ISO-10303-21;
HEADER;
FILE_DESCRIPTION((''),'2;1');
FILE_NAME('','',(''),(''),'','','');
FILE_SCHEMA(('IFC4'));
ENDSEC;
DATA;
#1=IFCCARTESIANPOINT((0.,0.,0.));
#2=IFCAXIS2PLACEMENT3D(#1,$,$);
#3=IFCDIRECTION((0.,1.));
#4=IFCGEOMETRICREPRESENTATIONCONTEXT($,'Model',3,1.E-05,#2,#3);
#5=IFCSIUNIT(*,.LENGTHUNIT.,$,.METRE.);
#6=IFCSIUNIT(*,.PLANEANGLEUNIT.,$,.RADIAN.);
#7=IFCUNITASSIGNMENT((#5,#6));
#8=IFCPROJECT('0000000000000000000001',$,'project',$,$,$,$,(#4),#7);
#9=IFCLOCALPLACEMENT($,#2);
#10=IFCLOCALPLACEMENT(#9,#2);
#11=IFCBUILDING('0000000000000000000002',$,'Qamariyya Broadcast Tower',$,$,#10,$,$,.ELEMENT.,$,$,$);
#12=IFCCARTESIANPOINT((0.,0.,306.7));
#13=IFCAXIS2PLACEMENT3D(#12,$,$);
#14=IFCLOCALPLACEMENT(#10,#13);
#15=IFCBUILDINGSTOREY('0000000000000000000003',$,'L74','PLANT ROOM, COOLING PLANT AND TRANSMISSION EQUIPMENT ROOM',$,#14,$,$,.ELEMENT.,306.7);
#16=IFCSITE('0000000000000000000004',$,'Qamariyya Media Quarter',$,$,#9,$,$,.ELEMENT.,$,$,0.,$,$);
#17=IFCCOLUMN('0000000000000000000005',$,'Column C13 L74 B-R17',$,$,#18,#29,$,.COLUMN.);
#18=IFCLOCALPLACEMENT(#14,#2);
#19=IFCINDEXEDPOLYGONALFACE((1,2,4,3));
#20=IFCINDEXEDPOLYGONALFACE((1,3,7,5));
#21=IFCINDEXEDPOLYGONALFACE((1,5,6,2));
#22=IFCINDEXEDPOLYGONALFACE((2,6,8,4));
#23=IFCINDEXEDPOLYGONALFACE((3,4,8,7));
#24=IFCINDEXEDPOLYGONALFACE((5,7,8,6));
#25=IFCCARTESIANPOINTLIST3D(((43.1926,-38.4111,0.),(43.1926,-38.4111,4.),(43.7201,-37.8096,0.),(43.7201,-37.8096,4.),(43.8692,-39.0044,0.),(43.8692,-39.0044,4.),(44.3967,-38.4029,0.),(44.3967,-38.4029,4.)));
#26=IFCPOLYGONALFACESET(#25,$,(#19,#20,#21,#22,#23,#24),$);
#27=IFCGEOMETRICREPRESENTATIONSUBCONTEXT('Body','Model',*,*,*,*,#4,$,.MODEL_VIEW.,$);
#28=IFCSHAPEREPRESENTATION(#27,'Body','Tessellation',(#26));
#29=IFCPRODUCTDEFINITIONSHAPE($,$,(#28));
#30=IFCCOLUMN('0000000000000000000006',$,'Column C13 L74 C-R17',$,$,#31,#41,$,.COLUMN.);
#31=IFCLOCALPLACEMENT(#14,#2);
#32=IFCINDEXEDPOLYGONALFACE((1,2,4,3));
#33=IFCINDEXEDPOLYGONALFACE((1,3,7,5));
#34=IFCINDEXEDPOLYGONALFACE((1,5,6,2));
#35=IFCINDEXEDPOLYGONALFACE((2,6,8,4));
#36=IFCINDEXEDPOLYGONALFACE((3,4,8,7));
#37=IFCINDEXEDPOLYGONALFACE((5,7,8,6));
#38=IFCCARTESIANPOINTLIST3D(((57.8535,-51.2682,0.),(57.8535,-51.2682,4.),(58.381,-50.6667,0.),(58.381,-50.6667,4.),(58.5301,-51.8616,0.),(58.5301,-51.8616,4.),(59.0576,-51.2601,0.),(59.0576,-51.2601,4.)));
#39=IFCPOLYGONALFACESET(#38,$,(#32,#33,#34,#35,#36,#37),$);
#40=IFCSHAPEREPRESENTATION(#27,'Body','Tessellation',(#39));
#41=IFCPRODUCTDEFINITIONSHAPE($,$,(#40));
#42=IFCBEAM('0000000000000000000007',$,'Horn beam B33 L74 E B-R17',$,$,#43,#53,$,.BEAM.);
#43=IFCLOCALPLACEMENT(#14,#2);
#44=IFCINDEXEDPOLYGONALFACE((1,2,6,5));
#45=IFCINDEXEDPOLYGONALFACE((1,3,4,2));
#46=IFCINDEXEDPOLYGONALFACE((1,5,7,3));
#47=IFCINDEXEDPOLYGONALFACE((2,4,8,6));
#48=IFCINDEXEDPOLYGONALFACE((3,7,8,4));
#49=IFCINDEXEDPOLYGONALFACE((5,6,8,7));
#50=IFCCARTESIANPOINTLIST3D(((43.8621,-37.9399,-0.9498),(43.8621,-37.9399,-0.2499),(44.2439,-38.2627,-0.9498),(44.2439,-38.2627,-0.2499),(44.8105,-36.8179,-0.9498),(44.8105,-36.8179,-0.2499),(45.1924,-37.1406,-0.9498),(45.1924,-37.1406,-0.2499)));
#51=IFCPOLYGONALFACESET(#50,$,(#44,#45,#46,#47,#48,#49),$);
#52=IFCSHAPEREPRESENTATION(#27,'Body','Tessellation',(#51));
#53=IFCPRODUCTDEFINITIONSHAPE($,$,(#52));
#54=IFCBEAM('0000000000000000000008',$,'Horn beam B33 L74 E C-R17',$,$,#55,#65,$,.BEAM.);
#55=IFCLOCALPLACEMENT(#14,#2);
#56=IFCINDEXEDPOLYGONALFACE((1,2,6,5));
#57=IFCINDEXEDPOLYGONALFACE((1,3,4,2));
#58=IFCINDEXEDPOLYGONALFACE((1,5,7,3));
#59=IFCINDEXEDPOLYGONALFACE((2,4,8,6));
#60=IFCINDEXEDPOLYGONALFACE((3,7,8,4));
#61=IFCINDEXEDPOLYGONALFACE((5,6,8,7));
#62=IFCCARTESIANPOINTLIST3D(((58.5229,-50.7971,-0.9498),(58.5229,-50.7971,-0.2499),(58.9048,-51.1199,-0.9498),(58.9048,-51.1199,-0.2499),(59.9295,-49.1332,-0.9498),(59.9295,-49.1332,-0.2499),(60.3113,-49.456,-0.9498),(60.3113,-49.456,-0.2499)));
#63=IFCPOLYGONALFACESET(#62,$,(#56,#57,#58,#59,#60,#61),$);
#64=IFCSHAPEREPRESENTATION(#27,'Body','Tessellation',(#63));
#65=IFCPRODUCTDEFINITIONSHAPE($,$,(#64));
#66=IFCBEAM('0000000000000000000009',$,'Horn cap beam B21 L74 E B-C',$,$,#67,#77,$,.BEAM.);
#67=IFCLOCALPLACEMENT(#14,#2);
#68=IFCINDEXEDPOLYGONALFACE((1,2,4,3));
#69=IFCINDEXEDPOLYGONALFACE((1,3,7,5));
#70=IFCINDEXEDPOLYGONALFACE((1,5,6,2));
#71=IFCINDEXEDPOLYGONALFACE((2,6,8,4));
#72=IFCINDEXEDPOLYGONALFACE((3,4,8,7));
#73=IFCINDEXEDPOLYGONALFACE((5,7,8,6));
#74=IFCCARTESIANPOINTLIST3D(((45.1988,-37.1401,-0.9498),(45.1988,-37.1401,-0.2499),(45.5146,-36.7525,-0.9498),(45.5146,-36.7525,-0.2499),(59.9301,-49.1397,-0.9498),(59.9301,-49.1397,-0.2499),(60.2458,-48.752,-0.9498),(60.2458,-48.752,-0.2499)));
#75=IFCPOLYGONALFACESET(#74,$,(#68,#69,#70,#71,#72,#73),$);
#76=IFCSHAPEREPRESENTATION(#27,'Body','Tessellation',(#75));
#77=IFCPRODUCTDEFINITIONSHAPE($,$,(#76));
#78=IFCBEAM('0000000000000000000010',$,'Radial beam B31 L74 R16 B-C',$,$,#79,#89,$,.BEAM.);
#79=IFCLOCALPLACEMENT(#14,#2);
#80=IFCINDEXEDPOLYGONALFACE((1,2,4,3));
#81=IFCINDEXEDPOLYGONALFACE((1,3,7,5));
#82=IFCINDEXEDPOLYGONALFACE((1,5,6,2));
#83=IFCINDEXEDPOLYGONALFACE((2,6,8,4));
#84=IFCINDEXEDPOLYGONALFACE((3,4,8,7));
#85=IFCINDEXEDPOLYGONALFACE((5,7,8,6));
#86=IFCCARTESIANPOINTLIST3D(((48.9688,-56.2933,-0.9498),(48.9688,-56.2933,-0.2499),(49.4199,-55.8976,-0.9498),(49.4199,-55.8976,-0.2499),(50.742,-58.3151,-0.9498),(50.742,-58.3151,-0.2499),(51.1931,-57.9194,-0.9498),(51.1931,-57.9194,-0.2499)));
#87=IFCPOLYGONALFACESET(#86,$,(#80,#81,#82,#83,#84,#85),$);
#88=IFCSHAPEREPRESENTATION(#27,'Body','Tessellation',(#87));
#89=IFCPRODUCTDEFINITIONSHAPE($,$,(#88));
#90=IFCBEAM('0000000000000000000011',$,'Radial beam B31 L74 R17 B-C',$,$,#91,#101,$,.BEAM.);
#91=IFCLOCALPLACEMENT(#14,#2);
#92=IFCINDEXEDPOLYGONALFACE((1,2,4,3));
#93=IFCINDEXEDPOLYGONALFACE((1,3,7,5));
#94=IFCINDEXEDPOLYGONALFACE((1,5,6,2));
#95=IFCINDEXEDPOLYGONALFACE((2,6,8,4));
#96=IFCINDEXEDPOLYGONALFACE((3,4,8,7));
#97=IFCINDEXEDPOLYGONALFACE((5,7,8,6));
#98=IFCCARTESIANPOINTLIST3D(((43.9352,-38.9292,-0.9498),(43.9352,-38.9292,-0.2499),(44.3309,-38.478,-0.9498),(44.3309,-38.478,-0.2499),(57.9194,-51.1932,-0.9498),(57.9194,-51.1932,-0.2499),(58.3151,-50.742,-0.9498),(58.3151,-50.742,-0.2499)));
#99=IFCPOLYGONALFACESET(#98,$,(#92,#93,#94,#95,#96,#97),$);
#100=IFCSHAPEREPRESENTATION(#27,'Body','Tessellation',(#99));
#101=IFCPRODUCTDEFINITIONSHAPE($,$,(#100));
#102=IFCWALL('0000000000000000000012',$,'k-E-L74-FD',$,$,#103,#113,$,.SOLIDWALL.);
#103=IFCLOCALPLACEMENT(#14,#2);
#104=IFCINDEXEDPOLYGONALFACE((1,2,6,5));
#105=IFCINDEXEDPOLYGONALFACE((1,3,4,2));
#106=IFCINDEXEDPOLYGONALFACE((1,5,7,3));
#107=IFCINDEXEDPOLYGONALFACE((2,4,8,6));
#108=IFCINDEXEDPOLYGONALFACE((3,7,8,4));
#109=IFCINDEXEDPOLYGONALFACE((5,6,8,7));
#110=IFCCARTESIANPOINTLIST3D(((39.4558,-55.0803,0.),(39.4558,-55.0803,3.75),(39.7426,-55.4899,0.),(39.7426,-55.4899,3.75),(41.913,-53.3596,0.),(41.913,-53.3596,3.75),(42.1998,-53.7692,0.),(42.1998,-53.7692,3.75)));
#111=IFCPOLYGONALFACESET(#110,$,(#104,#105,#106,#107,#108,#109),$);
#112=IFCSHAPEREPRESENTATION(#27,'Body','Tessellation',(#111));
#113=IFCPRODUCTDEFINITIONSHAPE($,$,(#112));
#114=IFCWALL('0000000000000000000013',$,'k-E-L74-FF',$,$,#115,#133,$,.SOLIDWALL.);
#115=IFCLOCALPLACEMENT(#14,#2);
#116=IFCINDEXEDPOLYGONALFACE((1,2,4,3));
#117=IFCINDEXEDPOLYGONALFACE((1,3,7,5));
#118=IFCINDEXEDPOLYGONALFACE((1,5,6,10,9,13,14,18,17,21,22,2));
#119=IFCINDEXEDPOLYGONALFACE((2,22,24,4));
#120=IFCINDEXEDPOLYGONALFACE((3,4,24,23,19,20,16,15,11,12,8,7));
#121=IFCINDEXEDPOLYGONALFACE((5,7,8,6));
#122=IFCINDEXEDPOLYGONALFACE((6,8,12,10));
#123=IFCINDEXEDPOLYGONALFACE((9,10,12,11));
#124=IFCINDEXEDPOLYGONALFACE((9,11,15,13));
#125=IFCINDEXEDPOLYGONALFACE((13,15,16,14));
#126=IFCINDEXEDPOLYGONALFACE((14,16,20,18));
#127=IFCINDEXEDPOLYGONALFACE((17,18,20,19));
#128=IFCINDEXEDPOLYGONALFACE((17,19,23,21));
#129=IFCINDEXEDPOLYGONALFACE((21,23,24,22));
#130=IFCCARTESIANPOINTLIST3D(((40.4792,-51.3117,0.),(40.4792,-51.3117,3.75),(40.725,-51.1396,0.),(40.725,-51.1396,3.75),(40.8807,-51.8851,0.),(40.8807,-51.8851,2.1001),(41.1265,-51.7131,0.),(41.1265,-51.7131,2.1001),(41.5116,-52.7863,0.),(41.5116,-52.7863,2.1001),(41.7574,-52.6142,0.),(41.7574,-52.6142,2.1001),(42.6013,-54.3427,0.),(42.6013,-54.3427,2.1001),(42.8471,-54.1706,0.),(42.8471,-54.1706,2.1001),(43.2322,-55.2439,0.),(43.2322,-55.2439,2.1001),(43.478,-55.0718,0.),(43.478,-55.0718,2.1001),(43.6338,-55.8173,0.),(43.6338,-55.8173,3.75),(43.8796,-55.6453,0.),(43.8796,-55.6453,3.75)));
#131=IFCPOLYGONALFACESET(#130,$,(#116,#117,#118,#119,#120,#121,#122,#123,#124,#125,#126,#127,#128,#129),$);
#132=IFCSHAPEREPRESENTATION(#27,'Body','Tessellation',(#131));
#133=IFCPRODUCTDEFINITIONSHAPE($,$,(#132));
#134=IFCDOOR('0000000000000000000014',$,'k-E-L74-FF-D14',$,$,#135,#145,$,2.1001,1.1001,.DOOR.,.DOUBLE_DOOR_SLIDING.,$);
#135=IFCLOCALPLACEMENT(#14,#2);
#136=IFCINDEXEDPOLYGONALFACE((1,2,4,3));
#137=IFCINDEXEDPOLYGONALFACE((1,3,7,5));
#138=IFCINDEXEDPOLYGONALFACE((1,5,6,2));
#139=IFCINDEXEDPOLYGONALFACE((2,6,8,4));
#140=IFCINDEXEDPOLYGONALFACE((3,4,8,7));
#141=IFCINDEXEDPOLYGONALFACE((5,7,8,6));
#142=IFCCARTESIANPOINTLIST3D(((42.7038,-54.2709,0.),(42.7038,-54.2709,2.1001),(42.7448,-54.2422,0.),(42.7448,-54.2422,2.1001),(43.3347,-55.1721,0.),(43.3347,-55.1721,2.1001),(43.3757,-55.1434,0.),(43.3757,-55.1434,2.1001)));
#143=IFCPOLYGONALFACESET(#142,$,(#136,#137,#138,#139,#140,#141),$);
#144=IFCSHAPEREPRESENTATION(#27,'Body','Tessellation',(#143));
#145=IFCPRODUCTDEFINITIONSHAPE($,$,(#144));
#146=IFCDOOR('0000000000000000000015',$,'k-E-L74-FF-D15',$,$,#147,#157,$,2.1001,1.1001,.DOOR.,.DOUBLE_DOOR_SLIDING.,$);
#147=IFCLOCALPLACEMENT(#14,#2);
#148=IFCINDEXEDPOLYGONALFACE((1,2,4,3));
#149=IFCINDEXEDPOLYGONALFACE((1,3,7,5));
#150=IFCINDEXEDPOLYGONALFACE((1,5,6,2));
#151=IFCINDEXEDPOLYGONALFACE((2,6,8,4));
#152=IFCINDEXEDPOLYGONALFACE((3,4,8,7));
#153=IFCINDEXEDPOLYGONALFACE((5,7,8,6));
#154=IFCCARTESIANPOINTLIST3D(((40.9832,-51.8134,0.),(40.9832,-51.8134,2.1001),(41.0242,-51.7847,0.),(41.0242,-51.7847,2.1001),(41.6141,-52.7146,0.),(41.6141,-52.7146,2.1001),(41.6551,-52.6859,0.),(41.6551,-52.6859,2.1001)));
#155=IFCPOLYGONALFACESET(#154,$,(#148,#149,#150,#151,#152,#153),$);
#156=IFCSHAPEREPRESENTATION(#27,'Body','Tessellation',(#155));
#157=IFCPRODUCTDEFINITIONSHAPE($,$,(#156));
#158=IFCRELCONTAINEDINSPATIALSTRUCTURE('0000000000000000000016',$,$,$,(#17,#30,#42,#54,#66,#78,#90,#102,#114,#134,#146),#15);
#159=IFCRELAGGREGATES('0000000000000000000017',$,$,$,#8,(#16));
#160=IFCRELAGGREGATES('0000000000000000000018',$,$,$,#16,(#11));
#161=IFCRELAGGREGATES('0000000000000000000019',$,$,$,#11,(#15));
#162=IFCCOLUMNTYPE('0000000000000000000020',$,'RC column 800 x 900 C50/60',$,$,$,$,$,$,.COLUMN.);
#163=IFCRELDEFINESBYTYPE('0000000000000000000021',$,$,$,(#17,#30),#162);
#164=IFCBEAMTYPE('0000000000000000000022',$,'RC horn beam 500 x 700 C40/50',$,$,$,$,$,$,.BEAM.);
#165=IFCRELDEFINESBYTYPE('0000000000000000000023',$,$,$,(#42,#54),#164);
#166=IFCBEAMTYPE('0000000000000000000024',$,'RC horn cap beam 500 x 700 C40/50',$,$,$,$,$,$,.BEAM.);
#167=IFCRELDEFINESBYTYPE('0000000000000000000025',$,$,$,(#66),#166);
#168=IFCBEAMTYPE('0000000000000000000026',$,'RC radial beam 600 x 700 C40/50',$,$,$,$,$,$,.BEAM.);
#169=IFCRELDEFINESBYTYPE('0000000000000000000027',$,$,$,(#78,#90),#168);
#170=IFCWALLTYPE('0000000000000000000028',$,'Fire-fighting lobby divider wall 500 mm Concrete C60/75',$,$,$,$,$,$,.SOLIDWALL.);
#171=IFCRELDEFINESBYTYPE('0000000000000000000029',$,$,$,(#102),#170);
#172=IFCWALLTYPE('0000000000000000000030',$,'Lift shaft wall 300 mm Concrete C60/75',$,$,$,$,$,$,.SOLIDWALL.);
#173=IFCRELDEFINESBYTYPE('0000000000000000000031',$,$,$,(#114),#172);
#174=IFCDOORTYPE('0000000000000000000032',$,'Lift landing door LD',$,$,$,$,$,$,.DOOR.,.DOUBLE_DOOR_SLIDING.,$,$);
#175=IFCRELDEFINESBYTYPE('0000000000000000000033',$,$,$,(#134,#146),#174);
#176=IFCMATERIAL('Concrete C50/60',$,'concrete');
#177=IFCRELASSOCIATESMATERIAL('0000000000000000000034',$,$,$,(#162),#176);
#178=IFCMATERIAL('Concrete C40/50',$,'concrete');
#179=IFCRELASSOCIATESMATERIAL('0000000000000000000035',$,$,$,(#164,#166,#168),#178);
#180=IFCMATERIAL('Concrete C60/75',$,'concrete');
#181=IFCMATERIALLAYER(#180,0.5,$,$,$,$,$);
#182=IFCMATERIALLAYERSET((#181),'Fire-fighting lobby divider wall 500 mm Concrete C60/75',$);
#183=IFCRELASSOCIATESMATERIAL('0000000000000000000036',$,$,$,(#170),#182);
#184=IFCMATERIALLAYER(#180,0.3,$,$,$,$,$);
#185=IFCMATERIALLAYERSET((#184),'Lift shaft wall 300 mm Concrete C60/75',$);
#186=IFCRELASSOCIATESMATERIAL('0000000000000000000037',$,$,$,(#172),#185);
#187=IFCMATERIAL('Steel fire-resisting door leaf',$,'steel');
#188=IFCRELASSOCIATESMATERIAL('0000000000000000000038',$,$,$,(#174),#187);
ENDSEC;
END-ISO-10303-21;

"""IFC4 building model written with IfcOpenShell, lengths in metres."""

from ifc_helpers import new_model, si_unit, direction, frame, frame_2d, origin, origin_2d, place, context, subcontext, project, spatial, rectangle, extrude, material, layer, layer_set, material_profile, profile_set, type_object, element, fill, save


model = new_model("IFC4")

# Units and contexts
model_context = context("Model", 3, precision=1e-05, world=origin(), true_north=direction((0.0, 1.0)))
body_context = subcontext(model_context, "Body", "Model", "MODEL_VIEW")
ifc_project = project(units=[si_unit("LENGTHUNIT", "METRE"), si_unit("PLANEANGLEUNIT", "RADIAN")], contexts=[model_context])

# Site, building, storey
site_placement = place(None, origin())
site = spatial("IfcSite", under=ifc_project, at=site_placement, Name="Qamariyya Media Quarter", CompositionType="ELEMENT", RefElevation=0.0)
building_placement = place(site_placement, origin())
building = spatial("IfcBuilding", under=site, at=building_placement, Name="Qamariyya Broadcast Tower", CompositionType="ELEMENT")
storey_placement = place(building_placement, frame((0.0, 0.0, 306.7)))
storey = spatial("IfcBuildingStorey", under=building, at=storey_placement, Name="L74", Description="PLANT ROOM, COOLING PLANT AND TRANSMISSION EQUIPMENT ROOM", CompositionType="ELEMENT", Elevation=306.7)

# Columns
ifc_material_1 = material(Name="Concrete C50/60", Category="concrete")
ifc_material_profile_1 = material_profile(ifc_material_1, rectangle(XDim=0.8, YDim=0.8999, at=origin_2d()))
ifc_profile_set_1 = profile_set([ifc_material_profile_1], Name="Concrete C50/60")
column_type = type_object("IfcColumnType", Name="RC column 800 x 900 C50/60", PredefinedType="COLUMN", material=ifc_profile_set_1)
for number, where, z_axis, x_axis, name in (
    (1, (43.7947, -38.407, 0.0), (0.0, 0.0, 1.0), (0.659346, 0.75184, 0.0), "Column C13 L74 B-R17"),
    (2, (58.4556, -51.2642, 0.0), (0.0, 0.0, 1.0), (0.659346, 0.75184, 0.0), "Column C13 L74 C-R17"),
):
    element("IfcColumn", number, at=place(storey_placement, frame(where, z_axis=z_axis, x_axis=x_axis)), inside=storey, type_object=column_type, Name=name, PredefinedType="COLUMN", context=body_context, shape_type="SweptSolid", body=[
        extrude(rectangle(XDim=0.8, YDim=0.8999, at=origin_2d()), origin(), (0.0, 0.0, 1.0), 4.0),
    ])

# Beams
ifc_material_2 = material(Name="Concrete C40/50", Category="concrete")
ifc_material_profile_2 = material_profile(ifc_material_2, rectangle(XDim=0.5, YDim=0.7, at=origin_2d()))
ifc_profile_set_2 = profile_set([ifc_material_profile_2], Name="Concrete C40/50")
beam_type_1 = type_object("IfcBeamType", Name="RC horn beam 500 x 700 C40/50", PredefinedType="BEAM", material=ifc_profile_set_2)
beam_1_placement = place(storey_placement, frame((44.053, -38.1013, -0.5999), z_axis=(0.645562, 0.763708, 0.0), x_axis=(-0.763708, 0.645562, 0.0)))
element("IfcBeam", 3, at=beam_1_placement, inside=storey, type_object=beam_type_1, Name="Horn beam B33 L74 E B-R17", PredefinedType="BEAM", context=body_context, shape_type="SweptSolid", body=[
    extrude(rectangle(XDim=0.5, YDim=0.7, at=origin_2d()), origin(), (0.0, 0.0, 1.0), 1.4692),
])
beam_2_placement = place(storey_placement, frame((58.7139, -50.9585, -0.5999), z_axis=(0.64558, 0.763692, 0.0), x_axis=(-0.763692, 0.64558, 0.0)))
element("IfcBeam", 4, at=beam_2_placement, inside=storey, type_object=beam_type_1, Name="Horn beam B33 L74 E C-R17", PredefinedType="BEAM", context=body_context, shape_type="SweptSolid", body=[
    extrude(rectangle(XDim=0.5, YDim=0.7, at=origin_2d()), origin(), (0.0, 0.0, 1.0), 2.1787),
])
ifc_material_profile_3 = material_profile(ifc_material_2, rectangle(XDim=0.5, YDim=0.7, at=origin_2d()))
ifc_profile_set_3 = profile_set([ifc_material_profile_3], Name="Concrete C40/50")
beam_type_2 = type_object("IfcBeamType", Name="RC horn cap beam 500 x 700 C40/50", PredefinedType="BEAM", material=ifc_profile_set_3)
beam_3_placement = place(storey_placement, frame((45.3567, -36.9463, -0.5999), z_axis=(0.77533, -0.631556, 0.0), x_axis=(0.631556, 0.77533, 0.0)))
element("IfcBeam", 5, at=beam_3_placement, inside=storey, type_object=beam_type_2, Name="Horn cap beam B21 L74 E B-C", PredefinedType="BEAM", context=body_context, shape_type="SweptSolid", body=[
    extrude(rectangle(XDim=0.5, YDim=0.7, at=origin_2d()), origin(), (0.0, 0.0, 1.0), 19.0),
])
ifc_material_profile_4 = material_profile(ifc_material_2, rectangle(XDim=0.6001, YDim=0.7, at=origin_2d()))
ifc_profile_set_4 = profile_set([ifc_material_profile_4], Name="Concrete C40/50")
beam_type_3 = type_object("IfcBeamType", Name="RC radial beam 600 x 700 C40/50", PredefinedType="BEAM", material=ifc_profile_set_4)
beam_4_placement = place(storey_placement, frame((49.1943, -56.0955, -0.5999), z_axis=(0.659385, -0.751806, 0.0), x_axis=(0.751806, 0.659385, 0.0)))
element("IfcBeam", 6, at=beam_4_placement, inside=storey, type_object=beam_type_3, Name="Radial beam B31 L74 R16 B-C", PredefinedType="BEAM", context=body_context, shape_type="SweptSolid", body=[
    extrude(rectangle(XDim=0.6001, YDim=0.7, at=origin_2d()), origin(), (0.0, 0.0, 1.0), 2.6892),
])
beam_5_placement = place(storey_placement, frame((44.1331, -38.7036, -0.5999), z_axis=(0.751835, -0.659351, 0.0), x_axis=(0.659351, 0.751835, 0.0)))
element("IfcBeam", 7, at=beam_5_placement, inside=storey, type_object=beam_type_3, Name="Radial beam B31 L74 R17 B-C", PredefinedType="BEAM", context=body_context, shape_type="SweptSolid", body=[
    extrude(rectangle(XDim=0.6001, YDim=0.7, at=origin_2d()), origin(), (0.0, 0.0, 1.0), 18.6001),
])

# Wall
ifc_material_3 = material(Name="Concrete C60/75", Category="concrete")
ifc_layer_1 = layer(ifc_material_3, 0.5)
ifc_layer_set_1 = layer_set([ifc_layer_1], Name="Fire-fighting lobby divider wall 500 mm Concrete C60/75")
wall_type_1 = type_object("IfcWallType", Name="Fire-fighting lobby divider wall 500 mm Concrete C60/75", PredefinedType="SOLIDWALL", material=ifc_layer_set_1)
wall_1_placement = place(storey_placement, frame((39.5991, -55.2852, 0.0), z_axis=(0.0, 0.0, 1.0), x_axis=(0.819136, 0.573599, 0.0)))
element("IfcWall", 8, at=wall_1_placement, inside=storey, type_object=wall_type_1, Name="k-E-L74-FD", PredefinedType="SOLIDWALL", context=body_context, shape_type="SweptSolid", body=[
    extrude(rectangle(XDim=2.9998, YDim=0.5, at=frame_2d((1.5, 0.0))), origin(), (0.0, 0.0, 1.0), 3.75),
])

# Wall, openings, doors
ifc_layer_2 = layer(ifc_material_3, 0.3)
ifc_layer_set_2 = layer_set([ifc_layer_2], Name="Lift shaft wall 300 mm Concrete C60/75")
wall_type_2 = type_object("IfcWallType", Name="Lift shaft wall 300 mm Concrete C60/75", PredefinedType="SOLIDWALL", material=ifc_layer_set_2)
wall_2_placement = place(storey_placement, frame((43.7566, -55.7312, 0.0), z_axis=(0.0, 0.0, 1.0), x_axis=(-0.573537, 0.81918, 0.0)))
wall_2 = element("IfcWall", 9, at=wall_2_placement, inside=storey, type_object=wall_type_2, Name="k-E-L74-FF", PredefinedType="SOLIDWALL", context=body_context, shape_type="SweptSolid", body=[
    extrude(rectangle(XDim=5.5002, YDim=0.3, at=frame_2d((2.75, 0.0))), origin(), (0.0, 0.0, 1.0), 3.75),
])
opening_1_placement = place(wall_2_placement, frame((0.7, 0.0, 0.0)))
opening_1 = element("IfcOpeningElement", 10, at=opening_1_placement, cuts=wall_2, PredefinedType="OPENING", context=body_context, shape_type="SweptSolid", body=[
    extrude(rectangle(XDim=1.1001, YDim=2.1001, at=frame_2d((0.55, 1.05))), frame((0.0, 0.1599, 0.0), z_axis=(0.0, -1.0, 0.0), x_axis=(1.0, 0.0, 0.0)), (0.0, 0.0, 1.0), 0.3201),
])
opening_2_placement = place(wall_2_placement, frame((3.7, 0.0, 0.0)))
opening_2 = element("IfcOpeningElement", 11, at=opening_2_placement, cuts=wall_2, PredefinedType="OPENING", context=body_context, shape_type="SweptSolid", body=[
    extrude(rectangle(XDim=1.1001, YDim=2.1001, at=frame_2d((0.55, 1.05))), frame((0.0, 0.1599, 0.0), z_axis=(0.0, -1.0, 0.0), x_axis=(1.0, 0.0, 0.0)), (0.0, 0.0, 1.0), 0.3201),
])
ifc_material_4 = material(Name="Steel fire-resisting door leaf", Category="steel")
door_type_1 = type_object("IfcDoorType", Name="Lift landing door LD", OperationType="DOUBLE_DOOR_SLIDING", PredefinedType="DOOR", material=ifc_material_4)
door_1_placement = place(opening_1_placement, origin())
door_1 = element("IfcDoor", 12, at=door_1_placement, inside=storey, type_object=door_type_1, Name="k-E-L74-FF-D14", OperationType="DOUBLE_DOOR_SLIDING", OverallHeight=2.1001, OverallWidth=1.1001, PredefinedType="DOOR", context=body_context, shape_type="SweptSolid", body=[
    extrude(rectangle(XDim=1.1001, YDim=2.1001, at=frame_2d((0.55, 1.05))), frame((0.0, 0.0249, 0.0), z_axis=(0.0, -1.0, 0.0), x_axis=(1.0, 0.0, 0.0)), (0.0, 0.0, 1.0), 0.05),
])
fill(opening_1, door_1)
door_2_placement = place(opening_2_placement, origin())
door_2 = element("IfcDoor", 13, at=door_2_placement, inside=storey, type_object=door_type_1, Name="k-E-L74-FF-D15", OperationType="DOUBLE_DOOR_SLIDING", OverallHeight=2.1001, OverallWidth=1.1001, PredefinedType="DOOR", context=body_context, shape_type="SweptSolid", body=[
    extrude(rectangle(XDim=1.1001, YDim=2.1001, at=frame_2d((0.55, 1.05))), frame((0.0, 0.0249, 0.0), z_axis=(0.0, -1.0, 0.0), x_axis=(1.0, 0.0, 0.0)), (0.0, 0.0, 1.0), 0.05),
])
fill(opening_2, door_2)

save(model, "model.ifc")
